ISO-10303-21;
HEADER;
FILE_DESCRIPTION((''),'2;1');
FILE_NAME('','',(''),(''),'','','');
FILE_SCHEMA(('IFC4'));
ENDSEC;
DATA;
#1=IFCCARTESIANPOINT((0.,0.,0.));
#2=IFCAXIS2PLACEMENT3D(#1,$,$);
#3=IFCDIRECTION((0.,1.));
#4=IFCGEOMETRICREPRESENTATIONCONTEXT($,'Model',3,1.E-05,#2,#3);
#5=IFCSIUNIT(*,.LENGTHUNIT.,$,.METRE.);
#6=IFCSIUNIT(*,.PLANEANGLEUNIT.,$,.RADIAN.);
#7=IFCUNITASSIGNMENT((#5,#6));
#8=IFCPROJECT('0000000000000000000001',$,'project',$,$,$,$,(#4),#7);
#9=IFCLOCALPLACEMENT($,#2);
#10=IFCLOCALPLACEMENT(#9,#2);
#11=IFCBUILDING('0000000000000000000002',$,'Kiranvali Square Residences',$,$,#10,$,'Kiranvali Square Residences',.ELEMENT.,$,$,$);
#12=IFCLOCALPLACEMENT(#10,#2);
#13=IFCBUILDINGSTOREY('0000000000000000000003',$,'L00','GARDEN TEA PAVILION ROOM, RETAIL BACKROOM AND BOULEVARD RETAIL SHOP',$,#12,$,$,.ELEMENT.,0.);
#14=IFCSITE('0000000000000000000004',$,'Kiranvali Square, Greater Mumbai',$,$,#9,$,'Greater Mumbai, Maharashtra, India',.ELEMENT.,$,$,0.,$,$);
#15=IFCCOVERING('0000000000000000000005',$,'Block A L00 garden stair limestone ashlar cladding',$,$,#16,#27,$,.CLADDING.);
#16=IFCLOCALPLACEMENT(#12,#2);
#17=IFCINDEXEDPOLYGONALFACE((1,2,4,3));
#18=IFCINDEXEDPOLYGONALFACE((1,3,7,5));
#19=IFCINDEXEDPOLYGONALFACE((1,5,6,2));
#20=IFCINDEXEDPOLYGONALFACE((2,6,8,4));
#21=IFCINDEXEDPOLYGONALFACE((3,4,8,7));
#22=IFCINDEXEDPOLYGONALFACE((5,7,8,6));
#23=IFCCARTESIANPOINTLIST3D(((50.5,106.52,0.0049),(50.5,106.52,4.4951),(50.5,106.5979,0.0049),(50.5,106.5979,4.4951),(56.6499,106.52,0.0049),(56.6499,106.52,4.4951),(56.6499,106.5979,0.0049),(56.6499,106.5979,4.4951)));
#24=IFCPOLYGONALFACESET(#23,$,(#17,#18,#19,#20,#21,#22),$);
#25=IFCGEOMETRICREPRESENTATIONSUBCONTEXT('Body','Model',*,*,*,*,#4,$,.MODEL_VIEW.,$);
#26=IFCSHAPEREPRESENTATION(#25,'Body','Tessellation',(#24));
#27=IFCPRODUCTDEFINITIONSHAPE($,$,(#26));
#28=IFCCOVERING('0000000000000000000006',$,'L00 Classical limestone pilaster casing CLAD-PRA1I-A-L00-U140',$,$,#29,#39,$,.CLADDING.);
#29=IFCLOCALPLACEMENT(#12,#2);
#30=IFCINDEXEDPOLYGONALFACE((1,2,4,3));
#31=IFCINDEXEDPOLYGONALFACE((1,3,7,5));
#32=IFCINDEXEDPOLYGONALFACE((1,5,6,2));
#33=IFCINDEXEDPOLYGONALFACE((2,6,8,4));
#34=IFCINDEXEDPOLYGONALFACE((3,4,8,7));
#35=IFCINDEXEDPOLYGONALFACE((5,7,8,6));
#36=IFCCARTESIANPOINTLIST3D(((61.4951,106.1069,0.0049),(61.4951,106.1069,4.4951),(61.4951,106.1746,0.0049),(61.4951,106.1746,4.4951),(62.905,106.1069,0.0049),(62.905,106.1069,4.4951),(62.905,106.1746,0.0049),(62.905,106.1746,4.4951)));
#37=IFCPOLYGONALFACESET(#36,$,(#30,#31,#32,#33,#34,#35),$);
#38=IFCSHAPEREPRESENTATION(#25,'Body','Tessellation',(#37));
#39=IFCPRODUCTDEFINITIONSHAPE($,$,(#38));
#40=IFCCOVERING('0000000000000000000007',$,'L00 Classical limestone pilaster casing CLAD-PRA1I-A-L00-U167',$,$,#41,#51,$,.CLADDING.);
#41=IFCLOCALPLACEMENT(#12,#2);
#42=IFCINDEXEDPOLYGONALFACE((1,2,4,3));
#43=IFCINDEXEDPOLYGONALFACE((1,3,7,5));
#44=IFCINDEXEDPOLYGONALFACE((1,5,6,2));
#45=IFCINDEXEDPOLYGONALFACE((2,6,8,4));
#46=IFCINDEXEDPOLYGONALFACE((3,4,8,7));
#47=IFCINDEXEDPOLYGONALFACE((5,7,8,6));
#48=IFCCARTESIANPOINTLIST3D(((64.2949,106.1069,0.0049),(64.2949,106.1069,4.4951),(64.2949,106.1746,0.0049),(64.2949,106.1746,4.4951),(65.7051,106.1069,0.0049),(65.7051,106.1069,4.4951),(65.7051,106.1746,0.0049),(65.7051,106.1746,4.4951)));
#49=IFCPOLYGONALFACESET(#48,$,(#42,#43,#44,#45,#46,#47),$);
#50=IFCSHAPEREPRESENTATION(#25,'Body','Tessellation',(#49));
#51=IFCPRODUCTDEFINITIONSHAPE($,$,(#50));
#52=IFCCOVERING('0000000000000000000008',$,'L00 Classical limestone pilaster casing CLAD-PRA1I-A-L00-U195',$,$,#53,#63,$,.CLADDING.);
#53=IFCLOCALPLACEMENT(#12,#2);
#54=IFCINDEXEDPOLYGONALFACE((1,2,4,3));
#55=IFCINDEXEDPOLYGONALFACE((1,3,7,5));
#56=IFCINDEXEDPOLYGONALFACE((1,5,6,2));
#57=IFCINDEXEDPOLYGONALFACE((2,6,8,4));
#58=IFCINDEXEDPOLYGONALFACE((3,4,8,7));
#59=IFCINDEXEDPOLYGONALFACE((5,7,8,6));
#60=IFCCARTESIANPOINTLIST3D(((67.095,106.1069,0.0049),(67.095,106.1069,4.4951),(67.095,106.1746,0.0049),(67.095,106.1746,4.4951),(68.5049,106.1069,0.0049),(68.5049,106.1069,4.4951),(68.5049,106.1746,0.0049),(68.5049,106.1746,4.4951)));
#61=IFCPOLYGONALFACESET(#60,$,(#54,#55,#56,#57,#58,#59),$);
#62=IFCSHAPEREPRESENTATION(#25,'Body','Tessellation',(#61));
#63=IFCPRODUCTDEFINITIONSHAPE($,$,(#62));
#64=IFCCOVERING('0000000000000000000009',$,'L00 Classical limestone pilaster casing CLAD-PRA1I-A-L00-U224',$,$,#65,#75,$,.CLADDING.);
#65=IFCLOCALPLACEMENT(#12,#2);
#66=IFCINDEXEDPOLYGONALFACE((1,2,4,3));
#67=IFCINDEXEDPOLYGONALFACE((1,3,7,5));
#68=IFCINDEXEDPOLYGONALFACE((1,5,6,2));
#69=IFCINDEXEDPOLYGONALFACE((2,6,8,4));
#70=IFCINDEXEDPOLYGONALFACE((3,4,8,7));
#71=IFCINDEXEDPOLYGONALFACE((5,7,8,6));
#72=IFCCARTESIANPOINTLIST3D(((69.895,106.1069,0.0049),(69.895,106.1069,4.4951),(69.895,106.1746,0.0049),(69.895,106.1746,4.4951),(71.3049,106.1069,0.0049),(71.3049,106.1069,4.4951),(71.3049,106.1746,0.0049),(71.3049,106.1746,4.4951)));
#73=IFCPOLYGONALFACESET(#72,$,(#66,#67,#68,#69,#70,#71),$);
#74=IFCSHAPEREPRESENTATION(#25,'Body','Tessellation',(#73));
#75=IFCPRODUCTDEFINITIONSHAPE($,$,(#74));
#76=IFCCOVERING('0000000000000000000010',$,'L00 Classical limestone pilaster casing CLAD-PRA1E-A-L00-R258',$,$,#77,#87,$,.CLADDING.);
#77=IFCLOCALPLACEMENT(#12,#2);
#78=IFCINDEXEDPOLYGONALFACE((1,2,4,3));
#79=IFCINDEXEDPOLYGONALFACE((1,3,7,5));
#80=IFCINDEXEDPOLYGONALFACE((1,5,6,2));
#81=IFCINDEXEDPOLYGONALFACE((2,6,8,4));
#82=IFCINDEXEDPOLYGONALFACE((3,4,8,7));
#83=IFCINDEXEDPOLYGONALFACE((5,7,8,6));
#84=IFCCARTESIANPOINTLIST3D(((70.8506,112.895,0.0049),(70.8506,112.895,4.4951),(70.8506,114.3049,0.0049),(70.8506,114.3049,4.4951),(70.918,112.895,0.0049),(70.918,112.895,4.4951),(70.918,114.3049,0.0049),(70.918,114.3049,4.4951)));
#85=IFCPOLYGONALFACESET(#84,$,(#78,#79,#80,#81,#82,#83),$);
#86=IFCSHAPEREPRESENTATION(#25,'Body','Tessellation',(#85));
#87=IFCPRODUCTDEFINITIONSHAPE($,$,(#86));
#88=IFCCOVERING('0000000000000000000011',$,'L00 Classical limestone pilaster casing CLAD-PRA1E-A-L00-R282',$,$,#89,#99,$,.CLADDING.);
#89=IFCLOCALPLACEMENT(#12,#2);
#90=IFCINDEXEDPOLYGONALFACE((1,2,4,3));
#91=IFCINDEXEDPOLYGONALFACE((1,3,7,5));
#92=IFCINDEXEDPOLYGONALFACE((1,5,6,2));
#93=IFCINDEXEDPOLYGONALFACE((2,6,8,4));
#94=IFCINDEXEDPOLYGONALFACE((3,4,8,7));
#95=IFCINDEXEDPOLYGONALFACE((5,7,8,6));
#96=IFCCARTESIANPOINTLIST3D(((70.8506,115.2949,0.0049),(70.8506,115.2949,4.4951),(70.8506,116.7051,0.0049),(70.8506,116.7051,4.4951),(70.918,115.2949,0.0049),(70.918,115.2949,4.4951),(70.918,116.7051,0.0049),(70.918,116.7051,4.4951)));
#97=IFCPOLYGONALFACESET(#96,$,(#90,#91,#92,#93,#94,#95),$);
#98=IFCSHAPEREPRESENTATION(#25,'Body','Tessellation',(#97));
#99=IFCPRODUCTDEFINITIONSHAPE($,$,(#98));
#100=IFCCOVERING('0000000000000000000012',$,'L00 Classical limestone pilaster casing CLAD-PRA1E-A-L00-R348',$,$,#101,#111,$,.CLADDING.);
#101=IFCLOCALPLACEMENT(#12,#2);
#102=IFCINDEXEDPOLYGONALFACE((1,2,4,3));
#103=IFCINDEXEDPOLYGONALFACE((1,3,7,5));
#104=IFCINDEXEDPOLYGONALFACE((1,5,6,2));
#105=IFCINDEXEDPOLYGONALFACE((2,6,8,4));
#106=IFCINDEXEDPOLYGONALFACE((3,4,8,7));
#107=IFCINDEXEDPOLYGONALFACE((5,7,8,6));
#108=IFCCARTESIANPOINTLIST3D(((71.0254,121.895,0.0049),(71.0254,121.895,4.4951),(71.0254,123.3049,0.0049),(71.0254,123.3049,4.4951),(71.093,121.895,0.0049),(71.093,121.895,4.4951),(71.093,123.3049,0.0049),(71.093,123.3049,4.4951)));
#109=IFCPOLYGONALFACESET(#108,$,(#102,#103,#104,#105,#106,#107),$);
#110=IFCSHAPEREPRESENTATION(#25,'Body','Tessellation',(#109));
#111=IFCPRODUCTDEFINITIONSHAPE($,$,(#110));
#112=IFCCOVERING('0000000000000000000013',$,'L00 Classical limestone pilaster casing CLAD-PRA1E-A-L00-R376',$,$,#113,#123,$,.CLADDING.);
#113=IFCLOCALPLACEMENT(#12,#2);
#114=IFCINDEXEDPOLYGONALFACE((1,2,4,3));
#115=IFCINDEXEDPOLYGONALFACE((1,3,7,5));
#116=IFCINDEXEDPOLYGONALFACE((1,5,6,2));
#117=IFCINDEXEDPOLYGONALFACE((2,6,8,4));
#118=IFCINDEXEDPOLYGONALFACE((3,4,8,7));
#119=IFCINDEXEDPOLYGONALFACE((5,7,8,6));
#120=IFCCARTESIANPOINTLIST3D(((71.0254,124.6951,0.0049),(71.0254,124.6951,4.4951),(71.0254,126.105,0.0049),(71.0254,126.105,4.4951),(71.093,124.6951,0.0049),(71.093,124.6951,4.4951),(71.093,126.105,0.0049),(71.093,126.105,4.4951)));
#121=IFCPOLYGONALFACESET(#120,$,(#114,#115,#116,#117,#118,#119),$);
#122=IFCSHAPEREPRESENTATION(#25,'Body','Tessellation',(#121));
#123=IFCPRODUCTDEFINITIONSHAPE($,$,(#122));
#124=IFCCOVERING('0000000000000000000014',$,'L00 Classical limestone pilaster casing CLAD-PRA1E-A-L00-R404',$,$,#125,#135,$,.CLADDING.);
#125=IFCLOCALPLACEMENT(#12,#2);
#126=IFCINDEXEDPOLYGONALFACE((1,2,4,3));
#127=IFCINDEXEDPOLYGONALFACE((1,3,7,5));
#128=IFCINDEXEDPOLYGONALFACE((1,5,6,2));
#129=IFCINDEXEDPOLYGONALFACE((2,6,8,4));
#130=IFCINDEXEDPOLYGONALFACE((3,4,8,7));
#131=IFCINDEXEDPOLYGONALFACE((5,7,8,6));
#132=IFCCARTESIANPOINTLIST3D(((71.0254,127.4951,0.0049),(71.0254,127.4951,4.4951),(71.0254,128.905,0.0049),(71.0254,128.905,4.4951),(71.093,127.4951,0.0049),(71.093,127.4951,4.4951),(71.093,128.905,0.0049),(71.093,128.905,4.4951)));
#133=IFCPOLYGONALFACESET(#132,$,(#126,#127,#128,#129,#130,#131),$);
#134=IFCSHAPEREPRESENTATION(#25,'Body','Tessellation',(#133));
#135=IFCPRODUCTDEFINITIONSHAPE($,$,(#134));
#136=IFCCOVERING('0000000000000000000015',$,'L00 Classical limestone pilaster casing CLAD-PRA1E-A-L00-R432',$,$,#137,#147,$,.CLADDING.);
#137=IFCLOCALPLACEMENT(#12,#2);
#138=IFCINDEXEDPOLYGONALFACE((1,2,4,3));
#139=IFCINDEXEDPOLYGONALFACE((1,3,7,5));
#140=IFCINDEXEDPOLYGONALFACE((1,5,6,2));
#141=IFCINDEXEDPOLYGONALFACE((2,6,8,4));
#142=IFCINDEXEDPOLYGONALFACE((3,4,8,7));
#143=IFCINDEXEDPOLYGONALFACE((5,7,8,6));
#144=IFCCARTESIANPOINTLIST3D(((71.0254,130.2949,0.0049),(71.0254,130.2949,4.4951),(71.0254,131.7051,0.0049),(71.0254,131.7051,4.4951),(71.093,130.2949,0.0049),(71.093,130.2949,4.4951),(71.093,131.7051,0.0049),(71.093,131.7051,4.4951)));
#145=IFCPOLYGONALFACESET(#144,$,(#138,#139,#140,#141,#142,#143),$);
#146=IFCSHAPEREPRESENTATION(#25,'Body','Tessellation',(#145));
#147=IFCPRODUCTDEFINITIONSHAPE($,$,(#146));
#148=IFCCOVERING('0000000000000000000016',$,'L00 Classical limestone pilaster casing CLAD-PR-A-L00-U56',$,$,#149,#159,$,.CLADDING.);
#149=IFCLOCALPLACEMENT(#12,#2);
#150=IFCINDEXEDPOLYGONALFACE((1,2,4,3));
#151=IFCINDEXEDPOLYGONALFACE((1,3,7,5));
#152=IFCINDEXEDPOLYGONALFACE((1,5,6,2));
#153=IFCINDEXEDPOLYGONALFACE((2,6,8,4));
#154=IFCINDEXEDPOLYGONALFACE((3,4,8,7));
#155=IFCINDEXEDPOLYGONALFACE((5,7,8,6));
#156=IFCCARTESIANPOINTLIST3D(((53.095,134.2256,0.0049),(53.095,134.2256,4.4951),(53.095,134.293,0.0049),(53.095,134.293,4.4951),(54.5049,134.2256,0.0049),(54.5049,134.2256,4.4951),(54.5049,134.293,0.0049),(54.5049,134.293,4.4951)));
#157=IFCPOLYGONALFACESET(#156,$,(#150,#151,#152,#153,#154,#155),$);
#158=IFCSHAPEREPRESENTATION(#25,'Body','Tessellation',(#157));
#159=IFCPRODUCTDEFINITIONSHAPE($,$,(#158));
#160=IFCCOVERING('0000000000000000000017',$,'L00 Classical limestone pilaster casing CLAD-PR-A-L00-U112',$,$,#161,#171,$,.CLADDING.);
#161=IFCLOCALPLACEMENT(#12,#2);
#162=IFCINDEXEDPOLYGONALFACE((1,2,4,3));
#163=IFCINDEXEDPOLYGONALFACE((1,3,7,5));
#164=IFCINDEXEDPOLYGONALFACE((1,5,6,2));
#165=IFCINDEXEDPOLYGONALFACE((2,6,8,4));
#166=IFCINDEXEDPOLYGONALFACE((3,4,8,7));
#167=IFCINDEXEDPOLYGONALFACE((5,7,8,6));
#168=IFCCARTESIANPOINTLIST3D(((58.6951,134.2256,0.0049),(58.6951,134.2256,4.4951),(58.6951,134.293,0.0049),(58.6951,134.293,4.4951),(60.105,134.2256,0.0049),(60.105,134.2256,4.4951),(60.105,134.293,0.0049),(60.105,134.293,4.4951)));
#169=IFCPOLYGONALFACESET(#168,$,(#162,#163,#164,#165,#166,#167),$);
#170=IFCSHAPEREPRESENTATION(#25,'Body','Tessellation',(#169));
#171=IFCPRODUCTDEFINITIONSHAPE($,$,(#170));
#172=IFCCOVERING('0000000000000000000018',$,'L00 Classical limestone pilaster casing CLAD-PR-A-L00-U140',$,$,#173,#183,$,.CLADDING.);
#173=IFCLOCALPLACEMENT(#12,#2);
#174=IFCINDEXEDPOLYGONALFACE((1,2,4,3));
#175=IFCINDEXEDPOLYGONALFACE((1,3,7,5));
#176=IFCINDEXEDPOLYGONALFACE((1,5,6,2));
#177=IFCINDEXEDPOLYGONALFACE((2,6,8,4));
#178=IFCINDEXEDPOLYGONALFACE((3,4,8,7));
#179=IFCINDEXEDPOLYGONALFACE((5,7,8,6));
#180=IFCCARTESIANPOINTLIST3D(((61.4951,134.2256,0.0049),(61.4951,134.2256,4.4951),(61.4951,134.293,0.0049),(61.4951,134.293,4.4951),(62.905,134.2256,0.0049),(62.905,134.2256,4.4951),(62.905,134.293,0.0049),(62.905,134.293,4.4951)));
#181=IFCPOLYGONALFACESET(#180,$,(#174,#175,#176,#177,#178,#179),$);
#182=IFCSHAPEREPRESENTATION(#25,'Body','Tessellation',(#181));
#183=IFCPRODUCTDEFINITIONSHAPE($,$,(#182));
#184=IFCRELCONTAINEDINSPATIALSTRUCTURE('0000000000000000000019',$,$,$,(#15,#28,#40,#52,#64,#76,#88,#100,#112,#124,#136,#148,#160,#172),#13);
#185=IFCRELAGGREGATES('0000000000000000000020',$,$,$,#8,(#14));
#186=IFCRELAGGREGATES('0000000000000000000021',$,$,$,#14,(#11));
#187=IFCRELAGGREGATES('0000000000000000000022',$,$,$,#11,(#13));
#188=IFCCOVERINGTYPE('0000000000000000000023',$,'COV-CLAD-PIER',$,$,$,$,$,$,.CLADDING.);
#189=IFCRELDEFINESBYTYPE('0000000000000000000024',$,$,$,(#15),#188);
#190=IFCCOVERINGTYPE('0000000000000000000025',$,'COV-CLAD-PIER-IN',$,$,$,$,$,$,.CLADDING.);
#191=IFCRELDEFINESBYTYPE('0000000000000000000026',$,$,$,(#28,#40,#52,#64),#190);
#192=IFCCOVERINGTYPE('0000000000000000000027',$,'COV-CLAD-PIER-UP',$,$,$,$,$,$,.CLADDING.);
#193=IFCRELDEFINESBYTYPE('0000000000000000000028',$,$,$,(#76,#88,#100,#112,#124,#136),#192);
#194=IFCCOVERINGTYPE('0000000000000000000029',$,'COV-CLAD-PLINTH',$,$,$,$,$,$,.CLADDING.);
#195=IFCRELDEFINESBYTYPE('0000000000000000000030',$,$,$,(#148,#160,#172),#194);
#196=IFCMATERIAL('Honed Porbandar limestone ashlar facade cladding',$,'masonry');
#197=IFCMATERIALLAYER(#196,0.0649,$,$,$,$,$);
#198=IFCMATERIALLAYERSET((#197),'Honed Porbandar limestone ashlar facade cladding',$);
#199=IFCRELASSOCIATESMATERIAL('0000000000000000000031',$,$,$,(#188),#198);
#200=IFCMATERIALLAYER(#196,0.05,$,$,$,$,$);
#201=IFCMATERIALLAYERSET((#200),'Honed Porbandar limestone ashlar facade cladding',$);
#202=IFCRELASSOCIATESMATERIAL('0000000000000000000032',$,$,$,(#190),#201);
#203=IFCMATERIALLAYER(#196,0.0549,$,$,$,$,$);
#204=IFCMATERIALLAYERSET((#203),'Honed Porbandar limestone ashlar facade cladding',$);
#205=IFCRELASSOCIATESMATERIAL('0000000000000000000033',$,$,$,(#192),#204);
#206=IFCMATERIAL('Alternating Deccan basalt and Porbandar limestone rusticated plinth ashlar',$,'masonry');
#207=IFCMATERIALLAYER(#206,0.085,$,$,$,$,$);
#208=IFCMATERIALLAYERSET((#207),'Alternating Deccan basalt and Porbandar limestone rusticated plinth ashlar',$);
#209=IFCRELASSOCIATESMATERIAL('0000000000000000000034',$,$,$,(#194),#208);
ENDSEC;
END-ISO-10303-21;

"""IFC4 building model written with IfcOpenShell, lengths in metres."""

from ifc_helpers import new_model, si_unit, direction, frame, origin, place, context, subcontext, project, spatial, polyline, outline, extrude, material, layer, layer_set, type_object, element, save


model = new_model("IFC4")

# Units and contexts
model_context = context("Model", 3, precision=1e-05, world=origin(), true_north=direction((0.0, 1.0)))
body_context = subcontext(model_context, "Body", "Model", "MODEL_VIEW")
ifc_project = project(units=[si_unit("LENGTHUNIT", "METRE"), si_unit("PLANEANGLEUNIT", "RADIAN")], contexts=[model_context])

# Site, building, storey
site_placement = place(None, origin())
site = spatial("IfcSite", under=ifc_project, at=site_placement, Name="Kiranvali Square, Greater Mumbai", LongName="Greater Mumbai, Maharashtra, India", CompositionType="ELEMENT", RefElevation=0.0)
building_placement = place(site_placement, origin())
building = spatial("IfcBuilding", under=site, at=building_placement, Name="Kiranvali Square Residences", LongName="Kiranvali Square Residences", CompositionType="ELEMENT")
storey_placement = place(building_placement, origin())
storey = spatial("IfcBuildingStorey", under=building, at=storey_placement, Name="L00", Description="GARDEN TEA PAVILION ROOM, RETAIL BACKROOM AND BOULEVARD RETAIL SHOP", CompositionType="ELEMENT", Elevation=0.0)

# Coverings
ifc_material_1 = material(Name="Honed Porbandar limestone ashlar facade cladding", Category="masonry")
ifc_layer_1 = layer(ifc_material_1, 0.0649)
ifc_layer_set_1 = layer_set([ifc_layer_1], Name="Honed Porbandar limestone ashlar facade cladding")
covering_type_1 = type_object("IfcCoveringType", Name="COV-CLAD-PIER", PredefinedType="CLADDING", material=ifc_layer_set_1)
covering_1_placement = place(storey_placement, frame((0.0, 0.0, 0.0049)))
element("IfcCovering", 1, at=covering_1_placement, inside=storey, type_object=covering_type_1, Name="Block A L00 garden stair limestone ashlar cladding", PredefinedType="CLADDING", context=body_context, shape_type="SweptSolid", body=[
    extrude(outline(polyline([(50.5, 106.52), (56.6499, 106.52), (56.6499, 106.5979), (50.5, 106.5979), (50.5, 106.52)])), origin(), (0.0, 0.0, 1.0), 4.4902),
])
ifc_layer_2 = layer(ifc_material_1, 0.05)
ifc_layer_set_2 = layer_set([ifc_layer_2], Name="Honed Porbandar limestone ashlar facade cladding")
covering_type_2 = type_object("IfcCoveringType", Name="COV-CLAD-PIER-IN", PredefinedType="CLADDING", material=ifc_layer_set_2)
covering_2_placement = place(storey_placement, frame((0.0, 0.0, 0.0049)))
element("IfcCovering", 2, at=covering_2_placement, inside=storey, type_object=covering_type_2, Name="L00 Classical limestone pilaster casing CLAD-PRA1I-A-L00-U140", PredefinedType="CLADDING", context=body_context, shape_type="SweptSolid", body=[
    extrude(outline(polyline([(61.4951, 106.1069), (62.905, 106.1069), (62.905, 106.1746), (61.4951, 106.1746), (61.4951, 106.1069)])), origin(), (0.0, 0.0, 1.0), 4.4902),
])
covering_3_placement = place(storey_placement, frame((0.0, 0.0, 0.0049)))
element("IfcCovering", 3, at=covering_3_placement, inside=storey, type_object=covering_type_2, Name="L00 Classical limestone pilaster casing CLAD-PRA1I-A-L00-U167", PredefinedType="CLADDING", context=body_context, shape_type="SweptSolid", body=[
    extrude(outline(polyline([(64.2949, 106.1069), (65.7051, 106.1069), (65.7051, 106.1746), (64.2949, 106.1746), (64.2949, 106.1069)])), origin(), (0.0, 0.0, 1.0), 4.4902),
])
covering_4_placement = place(storey_placement, frame((0.0, 0.0, 0.0049)))
element("IfcCovering", 4, at=covering_4_placement, inside=storey, type_object=covering_type_2, Name="L00 Classical limestone pilaster casing CLAD-PRA1I-A-L00-U195", PredefinedType="CLADDING", context=body_context, shape_type="SweptSolid", body=[
    extrude(outline(polyline([(67.095, 106.1069), (68.5049, 106.1069), (68.5049, 106.1746), (67.095, 106.1746), (67.095, 106.1069)])), origin(), (0.0, 0.0, 1.0), 4.4902),
])
covering_5_placement = place(storey_placement, frame((0.0, 0.0, 0.0049)))
element("IfcCovering", 5, at=covering_5_placement, inside=storey, type_object=covering_type_2, Name="L00 Classical limestone pilaster casing CLAD-PRA1I-A-L00-U224", PredefinedType="CLADDING", context=body_context, shape_type="SweptSolid", body=[
    extrude(outline(polyline([(69.895, 106.1069), (71.3049, 106.1069), (71.3049, 106.1746), (69.895, 106.1746), (69.895, 106.1069)])), origin(), (0.0, 0.0, 1.0), 4.4902),
])
ifc_layer_3 = layer(ifc_material_1, 0.0549)
ifc_layer_set_3 = layer_set([ifc_layer_3], Name="Honed Porbandar limestone ashlar facade cladding")
covering_type_3 = type_object("IfcCoveringType", Name="COV-CLAD-PIER-UP", PredefinedType="CLADDING", material=ifc_layer_set_3)
covering_6_placement = place(storey_placement, frame((0.0, 0.0, 0.0049)))
element("IfcCovering", 6, at=covering_6_placement, inside=storey, type_object=covering_type_3, Name="L00 Classical limestone pilaster casing CLAD-PRA1E-A-L00-R258", PredefinedType="CLADDING", context=body_context, shape_type="SweptSolid", body=[
    extrude(outline(polyline([(70.918, 112.895), (70.918, 114.3049), (70.8506, 114.3049), (70.8506, 112.895), (70.918, 112.895)])), origin(), (0.0, 0.0, 1.0), 4.4902),
])
covering_7_placement = place(storey_placement, frame((0.0, 0.0, 0.0049)))
element("IfcCovering", 7, at=covering_7_placement, inside=storey, type_object=covering_type_3, Name="L00 Classical limestone pilaster casing CLAD-PRA1E-A-L00-R282", PredefinedType="CLADDING", context=body_context, shape_type="SweptSolid", body=[
    extrude(outline(polyline([(70.918, 115.2949), (70.918, 116.7051), (70.8506, 116.7051), (70.8506, 115.2949), (70.918, 115.2949)])), origin(), (0.0, 0.0, 1.0), 4.4902),
])
covering_8_placement = place(storey_placement, frame((0.0, 0.0, 0.0049)))
element("IfcCovering", 8, at=covering_8_placement, inside=storey, type_object=covering_type_3, Name="L00 Classical limestone pilaster casing CLAD-PRA1E-A-L00-R348", PredefinedType="CLADDING", context=body_context, shape_type="SweptSolid", body=[
    extrude(outline(polyline([(71.093, 121.895), (71.093, 123.3049), (71.0254, 123.3049), (71.0254, 121.895), (71.093, 121.895)])), origin(), (0.0, 0.0, 1.0), 4.4902),
])
covering_9_placement = place(storey_placement, frame((0.0, 0.0, 0.0049)))
element("IfcCovering", 9, at=covering_9_placement, inside=storey, type_object=covering_type_3, Name="L00 Classical limestone pilaster casing CLAD-PRA1E-A-L00-R376", PredefinedType="CLADDING", context=body_context, shape_type="SweptSolid", body=[
    extrude(outline(polyline([(71.093, 124.6951), (71.093, 126.105), (71.0254, 126.105), (71.0254, 124.6951), (71.093, 124.6951)])), origin(), (0.0, 0.0, 1.0), 4.4902),
])
covering_10_placement = place(storey_placement, frame((0.0, 0.0, 0.0049)))
element("IfcCovering", 10, at=covering_10_placement, inside=storey, type_object=covering_type_3, Name="L00 Classical limestone pilaster casing CLAD-PRA1E-A-L00-R404", PredefinedType="CLADDING", context=body_context, shape_type="SweptSolid", body=[
    extrude(outline(polyline([(71.093, 127.4951), (71.093, 128.905), (71.0254, 128.905), (71.0254, 127.4951), (71.093, 127.4951)])), origin(), (0.0, 0.0, 1.0), 4.4902),
])
covering_11_placement = place(storey_placement, frame((0.0, 0.0, 0.0049)))
element("IfcCovering", 11, at=covering_11_placement, inside=storey, type_object=covering_type_3, Name="L00 Classical limestone pilaster casing CLAD-PRA1E-A-L00-R432", PredefinedType="CLADDING", context=body_context, shape_type="SweptSolid", body=[
    extrude(outline(polyline([(71.093, 130.2949), (71.093, 131.7051), (71.0254, 131.7051), (71.0254, 130.2949), (71.093, 130.2949)])), origin(), (0.0, 0.0, 1.0), 4.4902),
])
ifc_material_2 = material(Name="Alternating Deccan basalt and Porbandar limestone rusticated plinth ashlar", Category="masonry")
ifc_layer_4 = layer(ifc_material_2, 0.085)
ifc_layer_set_4 = layer_set([ifc_layer_4], Name="Alternating Deccan basalt and Porbandar limestone rusticated plinth ashlar")
covering_type_4 = type_object("IfcCoveringType", Name="COV-CLAD-PLINTH", PredefinedType="CLADDING", material=ifc_layer_set_4)
covering_12_placement = place(storey_placement, frame((0.0, 0.0, 0.0049)))
element("IfcCovering", 12, at=covering_12_placement, inside=storey, type_object=covering_type_4, Name="L00 Classical limestone pilaster casing CLAD-PR-A-L00-U56", PredefinedType="CLADDING", context=body_context, shape_type="SweptSolid", body=[
    extrude(outline(polyline([(53.095, 134.2256), (54.5049, 134.2256), (54.5049, 134.293), (53.095, 134.293), (53.095, 134.2256)])), origin(), (0.0, 0.0, 1.0), 4.4902),
])
covering_13_placement = place(storey_placement, frame((0.0, 0.0, 0.0049)))
element("IfcCovering", 13, at=covering_13_placement, inside=storey, type_object=covering_type_4, Name="L00 Classical limestone pilaster casing CLAD-PR-A-L00-U112", PredefinedType="CLADDING", context=body_context, shape_type="SweptSolid", body=[
    extrude(outline(polyline([(58.6951, 134.2256), (60.105, 134.2256), (60.105, 134.293), (58.6951, 134.293), (58.6951, 134.2256)])), origin(), (0.0, 0.0, 1.0), 4.4902),
])
covering_14_placement = place(storey_placement, frame((0.0, 0.0, 0.0049)))
element("IfcCovering", 14, at=covering_14_placement, inside=storey, type_object=covering_type_4, Name="L00 Classical limestone pilaster casing CLAD-PR-A-L00-U140", PredefinedType="CLADDING", context=body_context, shape_type="SweptSolid", body=[
    extrude(outline(polyline([(61.4951, 134.2256), (62.905, 134.2256), (62.905, 134.293), (61.4951, 134.293), (61.4951, 134.2256)])), origin(), (0.0, 0.0, 1.0), 4.4902),
])

save(model, "model.ifc")
